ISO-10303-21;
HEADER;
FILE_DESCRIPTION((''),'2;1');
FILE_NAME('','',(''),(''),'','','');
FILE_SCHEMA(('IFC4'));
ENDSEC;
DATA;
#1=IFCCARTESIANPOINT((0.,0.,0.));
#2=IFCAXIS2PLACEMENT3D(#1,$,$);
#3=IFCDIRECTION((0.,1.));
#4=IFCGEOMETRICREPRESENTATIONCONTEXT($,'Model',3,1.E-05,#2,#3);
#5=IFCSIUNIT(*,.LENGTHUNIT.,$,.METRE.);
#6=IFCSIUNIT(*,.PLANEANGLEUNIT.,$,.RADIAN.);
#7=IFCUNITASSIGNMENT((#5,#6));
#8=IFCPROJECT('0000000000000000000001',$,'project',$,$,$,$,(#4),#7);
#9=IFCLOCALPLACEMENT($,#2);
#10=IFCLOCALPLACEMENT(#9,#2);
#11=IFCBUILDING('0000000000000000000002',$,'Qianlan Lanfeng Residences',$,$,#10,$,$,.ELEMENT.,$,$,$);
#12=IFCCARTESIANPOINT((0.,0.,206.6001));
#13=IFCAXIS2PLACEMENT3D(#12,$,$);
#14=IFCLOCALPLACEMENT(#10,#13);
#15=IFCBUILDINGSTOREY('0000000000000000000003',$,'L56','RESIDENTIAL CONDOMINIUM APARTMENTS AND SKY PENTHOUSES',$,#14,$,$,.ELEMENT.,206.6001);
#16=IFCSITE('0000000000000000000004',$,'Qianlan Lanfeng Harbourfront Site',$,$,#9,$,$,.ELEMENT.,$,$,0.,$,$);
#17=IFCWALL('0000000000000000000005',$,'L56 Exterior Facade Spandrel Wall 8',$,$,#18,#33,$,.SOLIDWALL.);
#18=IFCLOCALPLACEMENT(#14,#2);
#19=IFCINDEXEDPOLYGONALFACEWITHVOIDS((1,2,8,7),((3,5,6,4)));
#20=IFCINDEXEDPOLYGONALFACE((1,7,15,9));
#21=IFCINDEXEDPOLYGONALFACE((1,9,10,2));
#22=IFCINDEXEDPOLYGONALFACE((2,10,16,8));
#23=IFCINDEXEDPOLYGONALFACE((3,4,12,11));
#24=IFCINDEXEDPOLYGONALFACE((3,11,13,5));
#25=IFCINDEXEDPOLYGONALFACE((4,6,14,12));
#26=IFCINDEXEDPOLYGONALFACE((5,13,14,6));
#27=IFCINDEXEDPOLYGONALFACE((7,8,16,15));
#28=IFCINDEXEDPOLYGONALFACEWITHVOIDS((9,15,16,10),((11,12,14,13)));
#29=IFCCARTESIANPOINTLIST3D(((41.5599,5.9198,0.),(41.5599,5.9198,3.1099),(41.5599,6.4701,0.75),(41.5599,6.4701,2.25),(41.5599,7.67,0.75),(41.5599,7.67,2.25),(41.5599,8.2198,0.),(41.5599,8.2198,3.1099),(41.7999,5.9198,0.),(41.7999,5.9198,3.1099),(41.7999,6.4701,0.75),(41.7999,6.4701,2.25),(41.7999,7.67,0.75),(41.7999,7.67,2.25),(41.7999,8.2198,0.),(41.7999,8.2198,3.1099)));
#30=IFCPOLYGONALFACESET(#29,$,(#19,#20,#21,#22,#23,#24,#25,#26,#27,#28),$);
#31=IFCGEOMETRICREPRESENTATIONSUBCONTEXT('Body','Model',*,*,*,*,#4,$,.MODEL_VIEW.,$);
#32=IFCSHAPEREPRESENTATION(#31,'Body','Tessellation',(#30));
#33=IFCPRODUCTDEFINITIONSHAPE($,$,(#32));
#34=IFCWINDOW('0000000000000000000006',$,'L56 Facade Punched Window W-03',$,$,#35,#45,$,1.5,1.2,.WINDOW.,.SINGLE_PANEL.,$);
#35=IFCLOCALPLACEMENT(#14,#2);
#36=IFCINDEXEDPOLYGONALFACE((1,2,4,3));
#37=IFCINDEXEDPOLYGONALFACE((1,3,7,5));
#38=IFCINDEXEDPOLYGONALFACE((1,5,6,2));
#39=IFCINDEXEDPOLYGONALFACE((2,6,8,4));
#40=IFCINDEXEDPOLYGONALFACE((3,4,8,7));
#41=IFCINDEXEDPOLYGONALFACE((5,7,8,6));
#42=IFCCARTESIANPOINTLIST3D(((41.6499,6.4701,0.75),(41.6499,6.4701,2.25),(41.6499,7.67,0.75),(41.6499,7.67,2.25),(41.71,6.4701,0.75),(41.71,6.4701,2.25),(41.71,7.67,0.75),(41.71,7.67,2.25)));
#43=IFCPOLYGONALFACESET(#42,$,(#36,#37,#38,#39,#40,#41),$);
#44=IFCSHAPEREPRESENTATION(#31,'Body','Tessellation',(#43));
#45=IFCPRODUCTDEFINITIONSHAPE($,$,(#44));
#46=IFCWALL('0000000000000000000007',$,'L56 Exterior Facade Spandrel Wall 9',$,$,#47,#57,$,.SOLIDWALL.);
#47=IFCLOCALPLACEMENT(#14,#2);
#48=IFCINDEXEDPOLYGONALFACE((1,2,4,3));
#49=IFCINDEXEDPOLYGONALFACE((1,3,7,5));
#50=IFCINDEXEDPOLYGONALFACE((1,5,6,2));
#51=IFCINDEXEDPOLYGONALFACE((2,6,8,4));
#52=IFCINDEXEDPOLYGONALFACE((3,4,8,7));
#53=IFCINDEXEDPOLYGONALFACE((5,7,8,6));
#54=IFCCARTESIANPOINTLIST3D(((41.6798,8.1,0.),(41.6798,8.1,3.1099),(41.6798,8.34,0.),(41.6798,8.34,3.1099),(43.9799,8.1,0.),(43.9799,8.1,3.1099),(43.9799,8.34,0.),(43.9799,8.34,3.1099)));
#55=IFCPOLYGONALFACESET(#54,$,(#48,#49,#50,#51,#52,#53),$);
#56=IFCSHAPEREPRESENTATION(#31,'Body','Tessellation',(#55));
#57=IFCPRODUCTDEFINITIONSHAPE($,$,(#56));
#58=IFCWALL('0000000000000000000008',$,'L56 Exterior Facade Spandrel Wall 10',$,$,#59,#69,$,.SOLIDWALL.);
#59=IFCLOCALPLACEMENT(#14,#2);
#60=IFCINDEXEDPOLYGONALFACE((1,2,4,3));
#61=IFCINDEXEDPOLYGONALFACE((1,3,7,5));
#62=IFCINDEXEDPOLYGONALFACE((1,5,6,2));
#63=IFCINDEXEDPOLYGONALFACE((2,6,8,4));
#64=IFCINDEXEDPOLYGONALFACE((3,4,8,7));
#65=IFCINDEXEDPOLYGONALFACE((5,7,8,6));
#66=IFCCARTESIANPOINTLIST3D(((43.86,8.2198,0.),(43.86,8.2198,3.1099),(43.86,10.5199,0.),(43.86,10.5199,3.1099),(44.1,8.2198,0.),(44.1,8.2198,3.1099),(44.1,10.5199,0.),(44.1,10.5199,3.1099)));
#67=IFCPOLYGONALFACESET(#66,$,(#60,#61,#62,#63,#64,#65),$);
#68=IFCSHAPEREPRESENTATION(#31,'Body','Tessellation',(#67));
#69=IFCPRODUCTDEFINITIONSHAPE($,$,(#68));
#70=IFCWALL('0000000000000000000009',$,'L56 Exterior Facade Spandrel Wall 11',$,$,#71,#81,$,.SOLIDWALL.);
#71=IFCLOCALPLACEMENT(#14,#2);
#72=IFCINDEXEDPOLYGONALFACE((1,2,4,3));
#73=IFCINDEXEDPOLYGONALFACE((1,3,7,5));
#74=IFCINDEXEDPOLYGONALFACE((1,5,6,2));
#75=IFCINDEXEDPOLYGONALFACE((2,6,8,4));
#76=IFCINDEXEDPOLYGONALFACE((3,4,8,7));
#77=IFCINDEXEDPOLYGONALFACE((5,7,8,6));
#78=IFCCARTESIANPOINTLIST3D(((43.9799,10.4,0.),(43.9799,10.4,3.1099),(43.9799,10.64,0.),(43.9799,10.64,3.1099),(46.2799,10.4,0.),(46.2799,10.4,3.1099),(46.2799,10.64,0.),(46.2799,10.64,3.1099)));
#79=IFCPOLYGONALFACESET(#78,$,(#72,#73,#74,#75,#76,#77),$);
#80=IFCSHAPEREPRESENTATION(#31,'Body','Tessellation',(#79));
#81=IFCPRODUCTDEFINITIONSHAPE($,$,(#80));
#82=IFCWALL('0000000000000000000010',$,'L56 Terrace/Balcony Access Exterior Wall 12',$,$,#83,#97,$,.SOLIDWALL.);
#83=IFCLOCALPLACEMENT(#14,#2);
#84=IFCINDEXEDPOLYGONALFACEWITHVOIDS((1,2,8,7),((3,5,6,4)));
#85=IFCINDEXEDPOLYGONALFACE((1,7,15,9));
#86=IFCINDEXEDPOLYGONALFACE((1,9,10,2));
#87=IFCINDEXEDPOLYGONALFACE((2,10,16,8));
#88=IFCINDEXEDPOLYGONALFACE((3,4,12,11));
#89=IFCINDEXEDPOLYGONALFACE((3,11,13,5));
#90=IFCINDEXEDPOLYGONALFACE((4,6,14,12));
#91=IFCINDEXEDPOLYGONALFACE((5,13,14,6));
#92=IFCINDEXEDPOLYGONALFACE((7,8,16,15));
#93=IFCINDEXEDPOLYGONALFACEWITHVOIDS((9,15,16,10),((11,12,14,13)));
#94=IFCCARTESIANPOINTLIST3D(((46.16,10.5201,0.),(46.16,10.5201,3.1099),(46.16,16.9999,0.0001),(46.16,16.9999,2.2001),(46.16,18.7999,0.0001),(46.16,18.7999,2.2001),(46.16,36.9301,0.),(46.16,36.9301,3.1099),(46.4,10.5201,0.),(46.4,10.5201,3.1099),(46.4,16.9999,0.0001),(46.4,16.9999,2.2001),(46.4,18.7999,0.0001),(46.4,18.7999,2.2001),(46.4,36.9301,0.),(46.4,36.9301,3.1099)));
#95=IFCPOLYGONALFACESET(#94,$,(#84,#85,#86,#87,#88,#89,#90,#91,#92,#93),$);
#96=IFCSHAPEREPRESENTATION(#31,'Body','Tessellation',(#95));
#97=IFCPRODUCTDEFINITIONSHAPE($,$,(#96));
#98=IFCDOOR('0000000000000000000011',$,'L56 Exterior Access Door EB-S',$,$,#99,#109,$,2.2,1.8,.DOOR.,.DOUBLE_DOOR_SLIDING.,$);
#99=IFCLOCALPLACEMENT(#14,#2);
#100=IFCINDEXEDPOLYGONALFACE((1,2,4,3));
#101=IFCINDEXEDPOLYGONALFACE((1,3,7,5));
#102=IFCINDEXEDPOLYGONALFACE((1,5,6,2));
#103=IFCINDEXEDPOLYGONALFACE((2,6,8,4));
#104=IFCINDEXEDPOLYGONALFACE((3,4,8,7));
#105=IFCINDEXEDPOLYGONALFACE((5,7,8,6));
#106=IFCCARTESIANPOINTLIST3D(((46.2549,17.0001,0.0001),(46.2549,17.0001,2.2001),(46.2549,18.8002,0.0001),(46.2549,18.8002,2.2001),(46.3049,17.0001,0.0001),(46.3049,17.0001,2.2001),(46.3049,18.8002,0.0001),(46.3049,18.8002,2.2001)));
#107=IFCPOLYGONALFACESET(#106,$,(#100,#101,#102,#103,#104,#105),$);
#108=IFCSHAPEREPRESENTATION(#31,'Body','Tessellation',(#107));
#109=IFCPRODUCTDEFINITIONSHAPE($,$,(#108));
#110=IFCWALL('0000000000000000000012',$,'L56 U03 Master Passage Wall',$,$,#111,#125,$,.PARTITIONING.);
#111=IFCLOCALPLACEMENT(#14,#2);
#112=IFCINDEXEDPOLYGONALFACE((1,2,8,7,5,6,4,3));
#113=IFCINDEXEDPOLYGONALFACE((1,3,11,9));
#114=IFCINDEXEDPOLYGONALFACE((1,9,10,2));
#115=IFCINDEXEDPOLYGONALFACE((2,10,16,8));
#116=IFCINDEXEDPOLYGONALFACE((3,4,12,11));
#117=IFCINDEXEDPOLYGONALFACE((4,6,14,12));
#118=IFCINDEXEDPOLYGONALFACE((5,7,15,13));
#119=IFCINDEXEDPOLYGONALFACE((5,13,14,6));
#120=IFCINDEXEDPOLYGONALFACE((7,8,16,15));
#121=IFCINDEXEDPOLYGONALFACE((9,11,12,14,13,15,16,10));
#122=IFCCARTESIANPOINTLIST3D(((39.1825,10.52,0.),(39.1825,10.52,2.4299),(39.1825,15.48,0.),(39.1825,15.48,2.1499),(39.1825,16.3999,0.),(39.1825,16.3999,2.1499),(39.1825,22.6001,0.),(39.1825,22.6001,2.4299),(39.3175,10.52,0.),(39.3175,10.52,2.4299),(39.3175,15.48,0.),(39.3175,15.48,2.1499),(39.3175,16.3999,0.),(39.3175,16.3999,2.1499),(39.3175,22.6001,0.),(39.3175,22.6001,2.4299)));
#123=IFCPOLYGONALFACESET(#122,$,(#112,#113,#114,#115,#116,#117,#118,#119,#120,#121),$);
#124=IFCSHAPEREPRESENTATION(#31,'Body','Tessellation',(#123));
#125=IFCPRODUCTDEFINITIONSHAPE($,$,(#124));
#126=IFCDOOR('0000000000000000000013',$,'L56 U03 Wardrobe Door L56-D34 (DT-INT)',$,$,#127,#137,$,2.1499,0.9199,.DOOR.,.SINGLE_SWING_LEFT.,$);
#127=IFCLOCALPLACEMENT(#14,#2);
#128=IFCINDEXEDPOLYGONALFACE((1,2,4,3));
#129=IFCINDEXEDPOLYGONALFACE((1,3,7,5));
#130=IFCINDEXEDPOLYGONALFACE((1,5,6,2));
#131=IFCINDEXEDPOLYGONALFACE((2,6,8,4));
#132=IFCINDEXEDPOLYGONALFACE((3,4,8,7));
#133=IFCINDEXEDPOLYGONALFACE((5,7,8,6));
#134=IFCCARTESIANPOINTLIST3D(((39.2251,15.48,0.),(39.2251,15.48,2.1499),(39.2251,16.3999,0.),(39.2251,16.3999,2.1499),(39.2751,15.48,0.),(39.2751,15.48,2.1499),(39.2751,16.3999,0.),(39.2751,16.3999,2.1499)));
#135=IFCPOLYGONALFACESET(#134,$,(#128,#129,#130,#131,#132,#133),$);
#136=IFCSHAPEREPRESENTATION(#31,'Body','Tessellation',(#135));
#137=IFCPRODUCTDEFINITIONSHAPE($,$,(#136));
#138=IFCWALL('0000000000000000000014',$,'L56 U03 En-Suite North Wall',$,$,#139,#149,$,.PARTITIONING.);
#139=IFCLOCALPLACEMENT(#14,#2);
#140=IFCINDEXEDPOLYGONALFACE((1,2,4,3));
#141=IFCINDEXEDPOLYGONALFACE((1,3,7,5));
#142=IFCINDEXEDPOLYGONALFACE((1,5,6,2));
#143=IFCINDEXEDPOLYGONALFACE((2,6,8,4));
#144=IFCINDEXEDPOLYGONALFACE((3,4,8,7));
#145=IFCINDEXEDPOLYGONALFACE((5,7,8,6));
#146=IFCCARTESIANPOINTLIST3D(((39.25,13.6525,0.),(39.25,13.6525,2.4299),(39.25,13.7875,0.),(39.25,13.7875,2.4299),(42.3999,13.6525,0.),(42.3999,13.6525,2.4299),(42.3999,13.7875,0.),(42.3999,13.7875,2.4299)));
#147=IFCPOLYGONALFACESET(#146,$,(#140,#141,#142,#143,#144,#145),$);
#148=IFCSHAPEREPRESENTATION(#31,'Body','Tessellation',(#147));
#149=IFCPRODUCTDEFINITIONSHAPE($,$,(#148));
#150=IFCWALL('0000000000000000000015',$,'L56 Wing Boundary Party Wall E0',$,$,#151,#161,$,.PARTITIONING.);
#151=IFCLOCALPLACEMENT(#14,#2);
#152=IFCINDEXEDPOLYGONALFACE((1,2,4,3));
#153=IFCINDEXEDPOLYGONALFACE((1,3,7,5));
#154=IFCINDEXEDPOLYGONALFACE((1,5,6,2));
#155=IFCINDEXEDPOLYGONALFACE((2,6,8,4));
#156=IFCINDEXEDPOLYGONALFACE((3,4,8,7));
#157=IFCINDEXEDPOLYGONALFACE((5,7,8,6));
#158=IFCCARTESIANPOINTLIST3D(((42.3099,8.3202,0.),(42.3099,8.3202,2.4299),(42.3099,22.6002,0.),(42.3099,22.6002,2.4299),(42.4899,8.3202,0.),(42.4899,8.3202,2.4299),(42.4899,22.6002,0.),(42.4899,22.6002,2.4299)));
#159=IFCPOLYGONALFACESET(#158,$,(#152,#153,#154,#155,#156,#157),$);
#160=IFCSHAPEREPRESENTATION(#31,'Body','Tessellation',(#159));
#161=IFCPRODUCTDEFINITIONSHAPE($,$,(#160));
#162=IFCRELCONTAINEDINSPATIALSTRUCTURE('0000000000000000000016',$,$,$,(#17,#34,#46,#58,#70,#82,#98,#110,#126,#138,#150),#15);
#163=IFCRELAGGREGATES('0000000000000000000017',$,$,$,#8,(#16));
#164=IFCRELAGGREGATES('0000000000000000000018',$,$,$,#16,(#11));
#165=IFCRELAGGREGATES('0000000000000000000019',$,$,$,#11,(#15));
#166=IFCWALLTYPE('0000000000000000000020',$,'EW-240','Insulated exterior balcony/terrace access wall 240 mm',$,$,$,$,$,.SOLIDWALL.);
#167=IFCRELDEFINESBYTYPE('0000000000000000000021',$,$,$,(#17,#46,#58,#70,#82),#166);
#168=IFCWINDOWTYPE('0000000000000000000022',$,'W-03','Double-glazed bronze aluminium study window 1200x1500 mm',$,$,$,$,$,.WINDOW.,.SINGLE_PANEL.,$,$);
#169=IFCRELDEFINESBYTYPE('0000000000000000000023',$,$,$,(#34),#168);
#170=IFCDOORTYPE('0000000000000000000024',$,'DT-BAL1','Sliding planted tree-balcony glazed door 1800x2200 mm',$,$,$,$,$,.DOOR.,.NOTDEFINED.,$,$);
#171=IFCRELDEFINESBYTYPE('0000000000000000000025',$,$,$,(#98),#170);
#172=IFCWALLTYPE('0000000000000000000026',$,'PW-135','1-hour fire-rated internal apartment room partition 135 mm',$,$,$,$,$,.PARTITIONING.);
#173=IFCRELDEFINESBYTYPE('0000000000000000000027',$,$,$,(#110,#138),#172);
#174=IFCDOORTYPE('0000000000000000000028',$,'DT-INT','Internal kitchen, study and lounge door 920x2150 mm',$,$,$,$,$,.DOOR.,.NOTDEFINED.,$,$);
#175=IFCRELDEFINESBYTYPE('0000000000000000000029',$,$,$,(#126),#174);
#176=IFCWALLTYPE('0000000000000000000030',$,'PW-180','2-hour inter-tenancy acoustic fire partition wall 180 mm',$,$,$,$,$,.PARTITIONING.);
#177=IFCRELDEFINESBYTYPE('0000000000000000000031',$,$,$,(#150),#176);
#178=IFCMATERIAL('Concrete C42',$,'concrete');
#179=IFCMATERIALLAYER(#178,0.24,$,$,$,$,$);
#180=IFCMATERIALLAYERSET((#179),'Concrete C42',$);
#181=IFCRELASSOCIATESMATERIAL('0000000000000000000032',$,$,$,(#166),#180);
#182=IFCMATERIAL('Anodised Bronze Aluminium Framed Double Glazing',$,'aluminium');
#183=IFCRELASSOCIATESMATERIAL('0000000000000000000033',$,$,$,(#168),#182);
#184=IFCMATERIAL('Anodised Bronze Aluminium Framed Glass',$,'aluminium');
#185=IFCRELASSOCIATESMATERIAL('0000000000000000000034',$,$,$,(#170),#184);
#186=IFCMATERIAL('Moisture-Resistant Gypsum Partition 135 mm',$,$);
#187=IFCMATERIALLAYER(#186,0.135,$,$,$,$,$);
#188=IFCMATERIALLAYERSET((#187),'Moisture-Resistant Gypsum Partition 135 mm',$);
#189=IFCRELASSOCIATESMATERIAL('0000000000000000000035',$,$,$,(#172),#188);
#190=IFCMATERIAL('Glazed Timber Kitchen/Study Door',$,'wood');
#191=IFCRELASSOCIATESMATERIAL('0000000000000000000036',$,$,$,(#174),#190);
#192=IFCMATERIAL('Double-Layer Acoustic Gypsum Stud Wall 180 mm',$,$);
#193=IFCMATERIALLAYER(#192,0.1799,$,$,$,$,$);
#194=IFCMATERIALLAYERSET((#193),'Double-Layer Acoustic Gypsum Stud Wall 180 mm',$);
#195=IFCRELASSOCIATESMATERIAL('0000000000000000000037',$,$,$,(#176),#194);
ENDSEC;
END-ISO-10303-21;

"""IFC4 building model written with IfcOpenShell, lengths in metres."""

from ifc_helpers import new_model, si_unit, direction, frame, frame_2d, origin, place, context, subcontext, project, spatial, rectangle, extrude, material, layer, layer_set, type_object, element, fill, save


model = new_model("IFC4")

# Units and contexts
model_context = context("Model", 3, precision=1e-05, world=origin(), true_north=direction((0.0, 1.0)))
body_context = subcontext(model_context, "Body", "Model", "MODEL_VIEW")
ifc_project = project(units=[si_unit("LENGTHUNIT", "METRE"), si_unit("PLANEANGLEUNIT", "RADIAN")], contexts=[model_context])

# Site, building, storey
site_placement = place(None, origin())
site = spatial("IfcSite", under=ifc_project, at=site_placement, Name="Qianlan Lanfeng Harbourfront Site", CompositionType="ELEMENT", RefElevation=0.0)
building_placement = place(site_placement, origin())
building = spatial("IfcBuilding", under=site, at=building_placement, Name="Qianlan Lanfeng Residences", CompositionType="ELEMENT")
storey_placement = place(building_placement, frame((0.0, 0.0, 206.6001)))
storey = spatial("IfcBuildingStorey", under=building, at=storey_placement, Name="L56", Description="RESIDENTIAL CONDOMINIUM APARTMENTS AND SKY PENTHOUSES", CompositionType="ELEMENT", Elevation=206.6001)

# Wall, opening, window
ifc_material_1 = material(Name="Concrete C42", Category="concrete")
ifc_layer_1 = layer(ifc_material_1, 0.24)
ifc_layer_set_1 = layer_set([ifc_layer_1], Name="Concrete C42")
wall_type_1 = type_object("IfcWallType", Name="EW-240", Description="Insulated exterior balcony/terrace access wall 240 mm", PredefinedType="SOLIDWALL", material=ifc_layer_set_1)
wall_1_placement = place(storey_placement, frame((41.6799, 5.9199, 0.0), z_axis=(0.0, 0.0, 1.0), x_axis=(0.0, 1.0, 0.0)))
wall_1 = element("IfcWall", 1, at=wall_1_placement, inside=storey, type_object=wall_type_1, Name="L56 Exterior Facade Spandrel Wall 8", PredefinedType="SOLIDWALL", context=body_context, shape_type="SweptSolid", body=[
    extrude(rectangle(XDim=2.3, YDim=0.24, at=frame_2d((1.1499, 0.0))), origin(), (0.0, 0.0, 1.0), 3.1099),
])
opening_1_placement = place(wall_1_placement, frame((0.55, 0.0, 0.75)))
opening_1 = element("IfcOpeningElement", 2, at=opening_1_placement, cuts=wall_1, PredefinedType="OPENING", context=body_context, shape_type="SweptSolid", body=[
    extrude(rectangle(XDim=1.2, YDim=1.5, at=frame_2d((0.6001, 0.75))), frame((0.0, 0.1299, 0.0), z_axis=(0.0, -1.0, 0.0), x_axis=(1.0, 0.0, 0.0)), (0.0, 0.0, 1.0), 0.26),
])
ifc_material_2 = material(Name="Anodised Bronze Aluminium Framed Double Glazing", Category="aluminium")
window_type = type_object("IfcWindowType", Name="W-03", Description="Double-glazed bronze aluminium study window 1200x1500 mm", PartitioningType="SINGLE_PANEL", PredefinedType="WINDOW", material=ifc_material_2)
window_placement = place(opening_1_placement, origin())
window = element("IfcWindow", 3, at=window_placement, inside=storey, type_object=window_type, Name="L56 Facade Punched Window W-03", OverallHeight=1.5, OverallWidth=1.2, PartitioningType="SINGLE_PANEL", PredefinedType="WINDOW", context=body_context, shape_type="SweptSolid", body=[
    extrude(rectangle(XDim=1.2, YDim=1.5, at=frame_2d((0.6001, 0.75))), frame((0.0, 0.03, 0.0), z_axis=(0.0, -1.0, 0.0), x_axis=(1.0, 0.0, 0.0)), (0.0, 0.0, 1.0), 0.0601),
])
fill(opening_1, window)

# Walls
for number, where, z_axis, x_axis, name in (
    (4, (41.6799, 8.22, 0.0), (0.0, 0.0, 1.0), (1.0, 0.0, 0.0), "L56 Exterior Facade Spandrel Wall 9"),
    (5, (43.98, 8.22, 0.0), (0.0, 0.0, 1.0), (0.0, 1.0, 0.0), "L56 Exterior Facade Spandrel Wall 10"),
    (6, (43.98, 10.52, 0.0), (0.0, 0.0, 1.0), (1.0, 0.0, 0.0), "L56 Exterior Facade Spandrel Wall 11"),
):
    element("IfcWall", number, at=place(storey_placement, frame(where, z_axis=z_axis, x_axis=x_axis)), inside=storey, type_object=wall_type_1, Name=name, PredefinedType="SOLIDWALL", context=body_context, shape_type="SweptSolid", body=[
        extrude(rectangle(XDim=2.3, YDim=0.24, at=frame_2d((1.1499, 0.0))), origin(), (0.0, 0.0, 1.0), 3.1099),
    ])

# Walls, openings, doors
wall_2_placement = place(storey_placement, frame((46.28, 10.52, 0.0), z_axis=(0.0, 0.0, 1.0), x_axis=(0.0, 1.0, 0.0)))
wall_2 = element("IfcWall", 7, at=wall_2_placement, inside=storey, type_object=wall_type_1, Name="L56 Terrace/Balcony Access Exterior Wall 12", PredefinedType="SOLIDWALL", context=body_context, shape_type="SweptSolid", body=[
    extrude(rectangle(XDim=26.4099, YDim=0.24, at=frame_2d((13.2051, 0.0))), origin(), (0.0, 0.0, 1.0), 3.1099),
])
opening_2_placement = place(wall_2_placement, frame((6.48, 0.0, 0.0)))
opening_2 = element("IfcOpeningElement", 8, at=opening_2_placement, cuts=wall_2, PredefinedType="OPENING", context=body_context, shape_type="SweptSolid", body=[
    extrude(rectangle(XDim=1.8, YDim=2.2, at=frame_2d((0.8999, 1.1001))), frame((0.0, 0.1299, 0.0), z_axis=(0.0, -1.0, 0.0), x_axis=(1.0, 0.0, 0.0)), (0.0, 0.0, 1.0), 0.26),
])
ifc_material_3 = material(Name="Anodised Bronze Aluminium Framed Glass", Category="aluminium")
door_type_1 = type_object("IfcDoorType", Name="DT-BAL1", Description="Sliding planted tree-balcony glazed door 1800x2200 mm", OperationType="NOTDEFINED", PredefinedType="DOOR", material=ifc_material_3)
door_1_placement = place(opening_2_placement, frame((1.8, 0.0, 0.0), z_axis=(0.0, 0.0, 1.0), x_axis=(-1.0, 0.0, 0.0)))
door_1 = element("IfcDoor", 9, at=door_1_placement, inside=storey, type_object=door_type_1, Name="L56 Exterior Access Door EB-S", OperationType="DOUBLE_DOOR_SLIDING", OverallHeight=2.2, OverallWidth=1.8, PredefinedType="DOOR", context=body_context, shape_type="SweptSolid", body=[
    extrude(rectangle(XDim=1.8, YDim=2.2, at=frame_2d((0.8999, 1.1001))), frame((0.0, 0.0249, 0.0), z_axis=(0.0, -1.0, 0.0), x_axis=(1.0, 0.0, 0.0)), (0.0, 0.0, 1.0), 0.05),
])
fill(opening_2, door_1)
ifc_material_4 = material(Name="Moisture-Resistant Gypsum Partition 135 mm")
ifc_layer_2 = layer(ifc_material_4, 0.135)
ifc_layer_set_2 = layer_set([ifc_layer_2], Name="Moisture-Resistant Gypsum Partition 135 mm")
wall_type_2 = type_object("IfcWallType", Name="PW-135", Description="1-hour fire-rated internal apartment room partition 135 mm", PredefinedType="PARTITIONING", material=ifc_layer_set_2)
wall_3_placement = place(storey_placement, frame((39.25, 10.52, 0.0), z_axis=(0.0, 0.0, 1.0), x_axis=(0.0, 1.0, 0.0)))
wall_3 = element("IfcWall", 10, at=wall_3_placement, inside=storey, type_object=wall_type_2, Name="L56 U03 Master Passage Wall", PredefinedType="PARTITIONING", context=body_context, shape_type="SweptSolid", body=[
    extrude(rectangle(XDim=12.0801, YDim=0.135, at=frame_2d((6.04, 0.0))), origin(), (0.0, 0.0, 1.0), 2.4299),
])
opening_3_placement = place(wall_3_placement, frame((4.96, 0.0, 0.0)))
opening_3 = element("IfcOpeningElement", 11, at=opening_3_placement, cuts=wall_3, PredefinedType="OPENING", context=body_context, shape_type="SweptSolid", body=[
    extrude(rectangle(XDim=0.9199, YDim=2.1499, at=frame_2d((0.46, 1.075))), frame((0.0, 0.0776, 0.0), z_axis=(0.0, -1.0, 0.0), x_axis=(1.0, 0.0, 0.0)), (0.0, 0.0, 1.0), 0.155),
])
ifc_material_5 = material(Name="Glazed Timber Kitchen/Study Door", Category="wood")
door_type_2 = type_object("IfcDoorType", Name="DT-INT", Description="Internal kitchen, study and lounge door 920x2150 mm", OperationType="NOTDEFINED", PredefinedType="DOOR", material=ifc_material_5)
door_2_placement = place(opening_3_placement, origin())
door_2 = element("IfcDoor", 12, at=door_2_placement, inside=storey, type_object=door_type_2, Name="L56 U03 Wardrobe Door L56-D34 (DT-INT)", OperationType="SINGLE_SWING_LEFT", OverallHeight=2.1499, OverallWidth=0.9199, PredefinedType="DOOR", context=body_context, shape_type="SweptSolid", body=[
    extrude(rectangle(XDim=0.9199, YDim=2.1499, at=frame_2d((0.46, 1.075))), frame((0.0, 0.0249, 0.0), z_axis=(0.0, -1.0, 0.0), x_axis=(1.0, 0.0, 0.0)), (0.0, 0.0, 1.0), 0.05),
])
fill(opening_3, door_2)

# Walls
wall_4_placement = place(storey_placement, frame((39.25, 13.72, 0.0), z_axis=(0.0, 0.0, 1.0), x_axis=(1.0, 0.0, 0.0)))
element("IfcWall", 13, at=wall_4_placement, inside=storey, type_object=wall_type_2, Name="L56 U03 En-Suite North Wall", PredefinedType="PARTITIONING", context=body_context, shape_type="SweptSolid", body=[
    extrude(rectangle(XDim=3.1499, YDim=0.135, at=frame_2d((1.575, 0.0))), origin(), (0.0, 0.0, 1.0), 2.4299),
])
ifc_material_6 = material(Name="Double-Layer Acoustic Gypsum Stud Wall 180 mm")
ifc_layer_3 = layer(ifc_material_6, 0.1799)
ifc_layer_set_3 = layer_set([ifc_layer_3], Name="Double-Layer Acoustic Gypsum Stud Wall 180 mm")
wall_type_3 = type_object("IfcWallType", Name="PW-180", Description="2-hour inter-tenancy acoustic fire partition wall 180 mm", PredefinedType="PARTITIONING", material=ifc_layer_set_3)
wall_5_placement = place(storey_placement, frame((42.3999, 8.3201, 0.0), z_axis=(0.0, 0.0, 1.0), x_axis=(0.0, 1.0, 0.0)))
element("IfcWall", 14, at=wall_5_placement, inside=storey, type_object=wall_type_3, Name="L56 Wing Boundary Party Wall E0", PredefinedType="PARTITIONING", context=body_context, shape_type="SweptSolid", body=[
    extrude(rectangle(XDim=14.28, YDim=0.1799, at=frame_2d((7.1401, 0.0))), origin(), (0.0, 0.0, 1.0), 2.4299),
])

save(model, "model.ifc")
